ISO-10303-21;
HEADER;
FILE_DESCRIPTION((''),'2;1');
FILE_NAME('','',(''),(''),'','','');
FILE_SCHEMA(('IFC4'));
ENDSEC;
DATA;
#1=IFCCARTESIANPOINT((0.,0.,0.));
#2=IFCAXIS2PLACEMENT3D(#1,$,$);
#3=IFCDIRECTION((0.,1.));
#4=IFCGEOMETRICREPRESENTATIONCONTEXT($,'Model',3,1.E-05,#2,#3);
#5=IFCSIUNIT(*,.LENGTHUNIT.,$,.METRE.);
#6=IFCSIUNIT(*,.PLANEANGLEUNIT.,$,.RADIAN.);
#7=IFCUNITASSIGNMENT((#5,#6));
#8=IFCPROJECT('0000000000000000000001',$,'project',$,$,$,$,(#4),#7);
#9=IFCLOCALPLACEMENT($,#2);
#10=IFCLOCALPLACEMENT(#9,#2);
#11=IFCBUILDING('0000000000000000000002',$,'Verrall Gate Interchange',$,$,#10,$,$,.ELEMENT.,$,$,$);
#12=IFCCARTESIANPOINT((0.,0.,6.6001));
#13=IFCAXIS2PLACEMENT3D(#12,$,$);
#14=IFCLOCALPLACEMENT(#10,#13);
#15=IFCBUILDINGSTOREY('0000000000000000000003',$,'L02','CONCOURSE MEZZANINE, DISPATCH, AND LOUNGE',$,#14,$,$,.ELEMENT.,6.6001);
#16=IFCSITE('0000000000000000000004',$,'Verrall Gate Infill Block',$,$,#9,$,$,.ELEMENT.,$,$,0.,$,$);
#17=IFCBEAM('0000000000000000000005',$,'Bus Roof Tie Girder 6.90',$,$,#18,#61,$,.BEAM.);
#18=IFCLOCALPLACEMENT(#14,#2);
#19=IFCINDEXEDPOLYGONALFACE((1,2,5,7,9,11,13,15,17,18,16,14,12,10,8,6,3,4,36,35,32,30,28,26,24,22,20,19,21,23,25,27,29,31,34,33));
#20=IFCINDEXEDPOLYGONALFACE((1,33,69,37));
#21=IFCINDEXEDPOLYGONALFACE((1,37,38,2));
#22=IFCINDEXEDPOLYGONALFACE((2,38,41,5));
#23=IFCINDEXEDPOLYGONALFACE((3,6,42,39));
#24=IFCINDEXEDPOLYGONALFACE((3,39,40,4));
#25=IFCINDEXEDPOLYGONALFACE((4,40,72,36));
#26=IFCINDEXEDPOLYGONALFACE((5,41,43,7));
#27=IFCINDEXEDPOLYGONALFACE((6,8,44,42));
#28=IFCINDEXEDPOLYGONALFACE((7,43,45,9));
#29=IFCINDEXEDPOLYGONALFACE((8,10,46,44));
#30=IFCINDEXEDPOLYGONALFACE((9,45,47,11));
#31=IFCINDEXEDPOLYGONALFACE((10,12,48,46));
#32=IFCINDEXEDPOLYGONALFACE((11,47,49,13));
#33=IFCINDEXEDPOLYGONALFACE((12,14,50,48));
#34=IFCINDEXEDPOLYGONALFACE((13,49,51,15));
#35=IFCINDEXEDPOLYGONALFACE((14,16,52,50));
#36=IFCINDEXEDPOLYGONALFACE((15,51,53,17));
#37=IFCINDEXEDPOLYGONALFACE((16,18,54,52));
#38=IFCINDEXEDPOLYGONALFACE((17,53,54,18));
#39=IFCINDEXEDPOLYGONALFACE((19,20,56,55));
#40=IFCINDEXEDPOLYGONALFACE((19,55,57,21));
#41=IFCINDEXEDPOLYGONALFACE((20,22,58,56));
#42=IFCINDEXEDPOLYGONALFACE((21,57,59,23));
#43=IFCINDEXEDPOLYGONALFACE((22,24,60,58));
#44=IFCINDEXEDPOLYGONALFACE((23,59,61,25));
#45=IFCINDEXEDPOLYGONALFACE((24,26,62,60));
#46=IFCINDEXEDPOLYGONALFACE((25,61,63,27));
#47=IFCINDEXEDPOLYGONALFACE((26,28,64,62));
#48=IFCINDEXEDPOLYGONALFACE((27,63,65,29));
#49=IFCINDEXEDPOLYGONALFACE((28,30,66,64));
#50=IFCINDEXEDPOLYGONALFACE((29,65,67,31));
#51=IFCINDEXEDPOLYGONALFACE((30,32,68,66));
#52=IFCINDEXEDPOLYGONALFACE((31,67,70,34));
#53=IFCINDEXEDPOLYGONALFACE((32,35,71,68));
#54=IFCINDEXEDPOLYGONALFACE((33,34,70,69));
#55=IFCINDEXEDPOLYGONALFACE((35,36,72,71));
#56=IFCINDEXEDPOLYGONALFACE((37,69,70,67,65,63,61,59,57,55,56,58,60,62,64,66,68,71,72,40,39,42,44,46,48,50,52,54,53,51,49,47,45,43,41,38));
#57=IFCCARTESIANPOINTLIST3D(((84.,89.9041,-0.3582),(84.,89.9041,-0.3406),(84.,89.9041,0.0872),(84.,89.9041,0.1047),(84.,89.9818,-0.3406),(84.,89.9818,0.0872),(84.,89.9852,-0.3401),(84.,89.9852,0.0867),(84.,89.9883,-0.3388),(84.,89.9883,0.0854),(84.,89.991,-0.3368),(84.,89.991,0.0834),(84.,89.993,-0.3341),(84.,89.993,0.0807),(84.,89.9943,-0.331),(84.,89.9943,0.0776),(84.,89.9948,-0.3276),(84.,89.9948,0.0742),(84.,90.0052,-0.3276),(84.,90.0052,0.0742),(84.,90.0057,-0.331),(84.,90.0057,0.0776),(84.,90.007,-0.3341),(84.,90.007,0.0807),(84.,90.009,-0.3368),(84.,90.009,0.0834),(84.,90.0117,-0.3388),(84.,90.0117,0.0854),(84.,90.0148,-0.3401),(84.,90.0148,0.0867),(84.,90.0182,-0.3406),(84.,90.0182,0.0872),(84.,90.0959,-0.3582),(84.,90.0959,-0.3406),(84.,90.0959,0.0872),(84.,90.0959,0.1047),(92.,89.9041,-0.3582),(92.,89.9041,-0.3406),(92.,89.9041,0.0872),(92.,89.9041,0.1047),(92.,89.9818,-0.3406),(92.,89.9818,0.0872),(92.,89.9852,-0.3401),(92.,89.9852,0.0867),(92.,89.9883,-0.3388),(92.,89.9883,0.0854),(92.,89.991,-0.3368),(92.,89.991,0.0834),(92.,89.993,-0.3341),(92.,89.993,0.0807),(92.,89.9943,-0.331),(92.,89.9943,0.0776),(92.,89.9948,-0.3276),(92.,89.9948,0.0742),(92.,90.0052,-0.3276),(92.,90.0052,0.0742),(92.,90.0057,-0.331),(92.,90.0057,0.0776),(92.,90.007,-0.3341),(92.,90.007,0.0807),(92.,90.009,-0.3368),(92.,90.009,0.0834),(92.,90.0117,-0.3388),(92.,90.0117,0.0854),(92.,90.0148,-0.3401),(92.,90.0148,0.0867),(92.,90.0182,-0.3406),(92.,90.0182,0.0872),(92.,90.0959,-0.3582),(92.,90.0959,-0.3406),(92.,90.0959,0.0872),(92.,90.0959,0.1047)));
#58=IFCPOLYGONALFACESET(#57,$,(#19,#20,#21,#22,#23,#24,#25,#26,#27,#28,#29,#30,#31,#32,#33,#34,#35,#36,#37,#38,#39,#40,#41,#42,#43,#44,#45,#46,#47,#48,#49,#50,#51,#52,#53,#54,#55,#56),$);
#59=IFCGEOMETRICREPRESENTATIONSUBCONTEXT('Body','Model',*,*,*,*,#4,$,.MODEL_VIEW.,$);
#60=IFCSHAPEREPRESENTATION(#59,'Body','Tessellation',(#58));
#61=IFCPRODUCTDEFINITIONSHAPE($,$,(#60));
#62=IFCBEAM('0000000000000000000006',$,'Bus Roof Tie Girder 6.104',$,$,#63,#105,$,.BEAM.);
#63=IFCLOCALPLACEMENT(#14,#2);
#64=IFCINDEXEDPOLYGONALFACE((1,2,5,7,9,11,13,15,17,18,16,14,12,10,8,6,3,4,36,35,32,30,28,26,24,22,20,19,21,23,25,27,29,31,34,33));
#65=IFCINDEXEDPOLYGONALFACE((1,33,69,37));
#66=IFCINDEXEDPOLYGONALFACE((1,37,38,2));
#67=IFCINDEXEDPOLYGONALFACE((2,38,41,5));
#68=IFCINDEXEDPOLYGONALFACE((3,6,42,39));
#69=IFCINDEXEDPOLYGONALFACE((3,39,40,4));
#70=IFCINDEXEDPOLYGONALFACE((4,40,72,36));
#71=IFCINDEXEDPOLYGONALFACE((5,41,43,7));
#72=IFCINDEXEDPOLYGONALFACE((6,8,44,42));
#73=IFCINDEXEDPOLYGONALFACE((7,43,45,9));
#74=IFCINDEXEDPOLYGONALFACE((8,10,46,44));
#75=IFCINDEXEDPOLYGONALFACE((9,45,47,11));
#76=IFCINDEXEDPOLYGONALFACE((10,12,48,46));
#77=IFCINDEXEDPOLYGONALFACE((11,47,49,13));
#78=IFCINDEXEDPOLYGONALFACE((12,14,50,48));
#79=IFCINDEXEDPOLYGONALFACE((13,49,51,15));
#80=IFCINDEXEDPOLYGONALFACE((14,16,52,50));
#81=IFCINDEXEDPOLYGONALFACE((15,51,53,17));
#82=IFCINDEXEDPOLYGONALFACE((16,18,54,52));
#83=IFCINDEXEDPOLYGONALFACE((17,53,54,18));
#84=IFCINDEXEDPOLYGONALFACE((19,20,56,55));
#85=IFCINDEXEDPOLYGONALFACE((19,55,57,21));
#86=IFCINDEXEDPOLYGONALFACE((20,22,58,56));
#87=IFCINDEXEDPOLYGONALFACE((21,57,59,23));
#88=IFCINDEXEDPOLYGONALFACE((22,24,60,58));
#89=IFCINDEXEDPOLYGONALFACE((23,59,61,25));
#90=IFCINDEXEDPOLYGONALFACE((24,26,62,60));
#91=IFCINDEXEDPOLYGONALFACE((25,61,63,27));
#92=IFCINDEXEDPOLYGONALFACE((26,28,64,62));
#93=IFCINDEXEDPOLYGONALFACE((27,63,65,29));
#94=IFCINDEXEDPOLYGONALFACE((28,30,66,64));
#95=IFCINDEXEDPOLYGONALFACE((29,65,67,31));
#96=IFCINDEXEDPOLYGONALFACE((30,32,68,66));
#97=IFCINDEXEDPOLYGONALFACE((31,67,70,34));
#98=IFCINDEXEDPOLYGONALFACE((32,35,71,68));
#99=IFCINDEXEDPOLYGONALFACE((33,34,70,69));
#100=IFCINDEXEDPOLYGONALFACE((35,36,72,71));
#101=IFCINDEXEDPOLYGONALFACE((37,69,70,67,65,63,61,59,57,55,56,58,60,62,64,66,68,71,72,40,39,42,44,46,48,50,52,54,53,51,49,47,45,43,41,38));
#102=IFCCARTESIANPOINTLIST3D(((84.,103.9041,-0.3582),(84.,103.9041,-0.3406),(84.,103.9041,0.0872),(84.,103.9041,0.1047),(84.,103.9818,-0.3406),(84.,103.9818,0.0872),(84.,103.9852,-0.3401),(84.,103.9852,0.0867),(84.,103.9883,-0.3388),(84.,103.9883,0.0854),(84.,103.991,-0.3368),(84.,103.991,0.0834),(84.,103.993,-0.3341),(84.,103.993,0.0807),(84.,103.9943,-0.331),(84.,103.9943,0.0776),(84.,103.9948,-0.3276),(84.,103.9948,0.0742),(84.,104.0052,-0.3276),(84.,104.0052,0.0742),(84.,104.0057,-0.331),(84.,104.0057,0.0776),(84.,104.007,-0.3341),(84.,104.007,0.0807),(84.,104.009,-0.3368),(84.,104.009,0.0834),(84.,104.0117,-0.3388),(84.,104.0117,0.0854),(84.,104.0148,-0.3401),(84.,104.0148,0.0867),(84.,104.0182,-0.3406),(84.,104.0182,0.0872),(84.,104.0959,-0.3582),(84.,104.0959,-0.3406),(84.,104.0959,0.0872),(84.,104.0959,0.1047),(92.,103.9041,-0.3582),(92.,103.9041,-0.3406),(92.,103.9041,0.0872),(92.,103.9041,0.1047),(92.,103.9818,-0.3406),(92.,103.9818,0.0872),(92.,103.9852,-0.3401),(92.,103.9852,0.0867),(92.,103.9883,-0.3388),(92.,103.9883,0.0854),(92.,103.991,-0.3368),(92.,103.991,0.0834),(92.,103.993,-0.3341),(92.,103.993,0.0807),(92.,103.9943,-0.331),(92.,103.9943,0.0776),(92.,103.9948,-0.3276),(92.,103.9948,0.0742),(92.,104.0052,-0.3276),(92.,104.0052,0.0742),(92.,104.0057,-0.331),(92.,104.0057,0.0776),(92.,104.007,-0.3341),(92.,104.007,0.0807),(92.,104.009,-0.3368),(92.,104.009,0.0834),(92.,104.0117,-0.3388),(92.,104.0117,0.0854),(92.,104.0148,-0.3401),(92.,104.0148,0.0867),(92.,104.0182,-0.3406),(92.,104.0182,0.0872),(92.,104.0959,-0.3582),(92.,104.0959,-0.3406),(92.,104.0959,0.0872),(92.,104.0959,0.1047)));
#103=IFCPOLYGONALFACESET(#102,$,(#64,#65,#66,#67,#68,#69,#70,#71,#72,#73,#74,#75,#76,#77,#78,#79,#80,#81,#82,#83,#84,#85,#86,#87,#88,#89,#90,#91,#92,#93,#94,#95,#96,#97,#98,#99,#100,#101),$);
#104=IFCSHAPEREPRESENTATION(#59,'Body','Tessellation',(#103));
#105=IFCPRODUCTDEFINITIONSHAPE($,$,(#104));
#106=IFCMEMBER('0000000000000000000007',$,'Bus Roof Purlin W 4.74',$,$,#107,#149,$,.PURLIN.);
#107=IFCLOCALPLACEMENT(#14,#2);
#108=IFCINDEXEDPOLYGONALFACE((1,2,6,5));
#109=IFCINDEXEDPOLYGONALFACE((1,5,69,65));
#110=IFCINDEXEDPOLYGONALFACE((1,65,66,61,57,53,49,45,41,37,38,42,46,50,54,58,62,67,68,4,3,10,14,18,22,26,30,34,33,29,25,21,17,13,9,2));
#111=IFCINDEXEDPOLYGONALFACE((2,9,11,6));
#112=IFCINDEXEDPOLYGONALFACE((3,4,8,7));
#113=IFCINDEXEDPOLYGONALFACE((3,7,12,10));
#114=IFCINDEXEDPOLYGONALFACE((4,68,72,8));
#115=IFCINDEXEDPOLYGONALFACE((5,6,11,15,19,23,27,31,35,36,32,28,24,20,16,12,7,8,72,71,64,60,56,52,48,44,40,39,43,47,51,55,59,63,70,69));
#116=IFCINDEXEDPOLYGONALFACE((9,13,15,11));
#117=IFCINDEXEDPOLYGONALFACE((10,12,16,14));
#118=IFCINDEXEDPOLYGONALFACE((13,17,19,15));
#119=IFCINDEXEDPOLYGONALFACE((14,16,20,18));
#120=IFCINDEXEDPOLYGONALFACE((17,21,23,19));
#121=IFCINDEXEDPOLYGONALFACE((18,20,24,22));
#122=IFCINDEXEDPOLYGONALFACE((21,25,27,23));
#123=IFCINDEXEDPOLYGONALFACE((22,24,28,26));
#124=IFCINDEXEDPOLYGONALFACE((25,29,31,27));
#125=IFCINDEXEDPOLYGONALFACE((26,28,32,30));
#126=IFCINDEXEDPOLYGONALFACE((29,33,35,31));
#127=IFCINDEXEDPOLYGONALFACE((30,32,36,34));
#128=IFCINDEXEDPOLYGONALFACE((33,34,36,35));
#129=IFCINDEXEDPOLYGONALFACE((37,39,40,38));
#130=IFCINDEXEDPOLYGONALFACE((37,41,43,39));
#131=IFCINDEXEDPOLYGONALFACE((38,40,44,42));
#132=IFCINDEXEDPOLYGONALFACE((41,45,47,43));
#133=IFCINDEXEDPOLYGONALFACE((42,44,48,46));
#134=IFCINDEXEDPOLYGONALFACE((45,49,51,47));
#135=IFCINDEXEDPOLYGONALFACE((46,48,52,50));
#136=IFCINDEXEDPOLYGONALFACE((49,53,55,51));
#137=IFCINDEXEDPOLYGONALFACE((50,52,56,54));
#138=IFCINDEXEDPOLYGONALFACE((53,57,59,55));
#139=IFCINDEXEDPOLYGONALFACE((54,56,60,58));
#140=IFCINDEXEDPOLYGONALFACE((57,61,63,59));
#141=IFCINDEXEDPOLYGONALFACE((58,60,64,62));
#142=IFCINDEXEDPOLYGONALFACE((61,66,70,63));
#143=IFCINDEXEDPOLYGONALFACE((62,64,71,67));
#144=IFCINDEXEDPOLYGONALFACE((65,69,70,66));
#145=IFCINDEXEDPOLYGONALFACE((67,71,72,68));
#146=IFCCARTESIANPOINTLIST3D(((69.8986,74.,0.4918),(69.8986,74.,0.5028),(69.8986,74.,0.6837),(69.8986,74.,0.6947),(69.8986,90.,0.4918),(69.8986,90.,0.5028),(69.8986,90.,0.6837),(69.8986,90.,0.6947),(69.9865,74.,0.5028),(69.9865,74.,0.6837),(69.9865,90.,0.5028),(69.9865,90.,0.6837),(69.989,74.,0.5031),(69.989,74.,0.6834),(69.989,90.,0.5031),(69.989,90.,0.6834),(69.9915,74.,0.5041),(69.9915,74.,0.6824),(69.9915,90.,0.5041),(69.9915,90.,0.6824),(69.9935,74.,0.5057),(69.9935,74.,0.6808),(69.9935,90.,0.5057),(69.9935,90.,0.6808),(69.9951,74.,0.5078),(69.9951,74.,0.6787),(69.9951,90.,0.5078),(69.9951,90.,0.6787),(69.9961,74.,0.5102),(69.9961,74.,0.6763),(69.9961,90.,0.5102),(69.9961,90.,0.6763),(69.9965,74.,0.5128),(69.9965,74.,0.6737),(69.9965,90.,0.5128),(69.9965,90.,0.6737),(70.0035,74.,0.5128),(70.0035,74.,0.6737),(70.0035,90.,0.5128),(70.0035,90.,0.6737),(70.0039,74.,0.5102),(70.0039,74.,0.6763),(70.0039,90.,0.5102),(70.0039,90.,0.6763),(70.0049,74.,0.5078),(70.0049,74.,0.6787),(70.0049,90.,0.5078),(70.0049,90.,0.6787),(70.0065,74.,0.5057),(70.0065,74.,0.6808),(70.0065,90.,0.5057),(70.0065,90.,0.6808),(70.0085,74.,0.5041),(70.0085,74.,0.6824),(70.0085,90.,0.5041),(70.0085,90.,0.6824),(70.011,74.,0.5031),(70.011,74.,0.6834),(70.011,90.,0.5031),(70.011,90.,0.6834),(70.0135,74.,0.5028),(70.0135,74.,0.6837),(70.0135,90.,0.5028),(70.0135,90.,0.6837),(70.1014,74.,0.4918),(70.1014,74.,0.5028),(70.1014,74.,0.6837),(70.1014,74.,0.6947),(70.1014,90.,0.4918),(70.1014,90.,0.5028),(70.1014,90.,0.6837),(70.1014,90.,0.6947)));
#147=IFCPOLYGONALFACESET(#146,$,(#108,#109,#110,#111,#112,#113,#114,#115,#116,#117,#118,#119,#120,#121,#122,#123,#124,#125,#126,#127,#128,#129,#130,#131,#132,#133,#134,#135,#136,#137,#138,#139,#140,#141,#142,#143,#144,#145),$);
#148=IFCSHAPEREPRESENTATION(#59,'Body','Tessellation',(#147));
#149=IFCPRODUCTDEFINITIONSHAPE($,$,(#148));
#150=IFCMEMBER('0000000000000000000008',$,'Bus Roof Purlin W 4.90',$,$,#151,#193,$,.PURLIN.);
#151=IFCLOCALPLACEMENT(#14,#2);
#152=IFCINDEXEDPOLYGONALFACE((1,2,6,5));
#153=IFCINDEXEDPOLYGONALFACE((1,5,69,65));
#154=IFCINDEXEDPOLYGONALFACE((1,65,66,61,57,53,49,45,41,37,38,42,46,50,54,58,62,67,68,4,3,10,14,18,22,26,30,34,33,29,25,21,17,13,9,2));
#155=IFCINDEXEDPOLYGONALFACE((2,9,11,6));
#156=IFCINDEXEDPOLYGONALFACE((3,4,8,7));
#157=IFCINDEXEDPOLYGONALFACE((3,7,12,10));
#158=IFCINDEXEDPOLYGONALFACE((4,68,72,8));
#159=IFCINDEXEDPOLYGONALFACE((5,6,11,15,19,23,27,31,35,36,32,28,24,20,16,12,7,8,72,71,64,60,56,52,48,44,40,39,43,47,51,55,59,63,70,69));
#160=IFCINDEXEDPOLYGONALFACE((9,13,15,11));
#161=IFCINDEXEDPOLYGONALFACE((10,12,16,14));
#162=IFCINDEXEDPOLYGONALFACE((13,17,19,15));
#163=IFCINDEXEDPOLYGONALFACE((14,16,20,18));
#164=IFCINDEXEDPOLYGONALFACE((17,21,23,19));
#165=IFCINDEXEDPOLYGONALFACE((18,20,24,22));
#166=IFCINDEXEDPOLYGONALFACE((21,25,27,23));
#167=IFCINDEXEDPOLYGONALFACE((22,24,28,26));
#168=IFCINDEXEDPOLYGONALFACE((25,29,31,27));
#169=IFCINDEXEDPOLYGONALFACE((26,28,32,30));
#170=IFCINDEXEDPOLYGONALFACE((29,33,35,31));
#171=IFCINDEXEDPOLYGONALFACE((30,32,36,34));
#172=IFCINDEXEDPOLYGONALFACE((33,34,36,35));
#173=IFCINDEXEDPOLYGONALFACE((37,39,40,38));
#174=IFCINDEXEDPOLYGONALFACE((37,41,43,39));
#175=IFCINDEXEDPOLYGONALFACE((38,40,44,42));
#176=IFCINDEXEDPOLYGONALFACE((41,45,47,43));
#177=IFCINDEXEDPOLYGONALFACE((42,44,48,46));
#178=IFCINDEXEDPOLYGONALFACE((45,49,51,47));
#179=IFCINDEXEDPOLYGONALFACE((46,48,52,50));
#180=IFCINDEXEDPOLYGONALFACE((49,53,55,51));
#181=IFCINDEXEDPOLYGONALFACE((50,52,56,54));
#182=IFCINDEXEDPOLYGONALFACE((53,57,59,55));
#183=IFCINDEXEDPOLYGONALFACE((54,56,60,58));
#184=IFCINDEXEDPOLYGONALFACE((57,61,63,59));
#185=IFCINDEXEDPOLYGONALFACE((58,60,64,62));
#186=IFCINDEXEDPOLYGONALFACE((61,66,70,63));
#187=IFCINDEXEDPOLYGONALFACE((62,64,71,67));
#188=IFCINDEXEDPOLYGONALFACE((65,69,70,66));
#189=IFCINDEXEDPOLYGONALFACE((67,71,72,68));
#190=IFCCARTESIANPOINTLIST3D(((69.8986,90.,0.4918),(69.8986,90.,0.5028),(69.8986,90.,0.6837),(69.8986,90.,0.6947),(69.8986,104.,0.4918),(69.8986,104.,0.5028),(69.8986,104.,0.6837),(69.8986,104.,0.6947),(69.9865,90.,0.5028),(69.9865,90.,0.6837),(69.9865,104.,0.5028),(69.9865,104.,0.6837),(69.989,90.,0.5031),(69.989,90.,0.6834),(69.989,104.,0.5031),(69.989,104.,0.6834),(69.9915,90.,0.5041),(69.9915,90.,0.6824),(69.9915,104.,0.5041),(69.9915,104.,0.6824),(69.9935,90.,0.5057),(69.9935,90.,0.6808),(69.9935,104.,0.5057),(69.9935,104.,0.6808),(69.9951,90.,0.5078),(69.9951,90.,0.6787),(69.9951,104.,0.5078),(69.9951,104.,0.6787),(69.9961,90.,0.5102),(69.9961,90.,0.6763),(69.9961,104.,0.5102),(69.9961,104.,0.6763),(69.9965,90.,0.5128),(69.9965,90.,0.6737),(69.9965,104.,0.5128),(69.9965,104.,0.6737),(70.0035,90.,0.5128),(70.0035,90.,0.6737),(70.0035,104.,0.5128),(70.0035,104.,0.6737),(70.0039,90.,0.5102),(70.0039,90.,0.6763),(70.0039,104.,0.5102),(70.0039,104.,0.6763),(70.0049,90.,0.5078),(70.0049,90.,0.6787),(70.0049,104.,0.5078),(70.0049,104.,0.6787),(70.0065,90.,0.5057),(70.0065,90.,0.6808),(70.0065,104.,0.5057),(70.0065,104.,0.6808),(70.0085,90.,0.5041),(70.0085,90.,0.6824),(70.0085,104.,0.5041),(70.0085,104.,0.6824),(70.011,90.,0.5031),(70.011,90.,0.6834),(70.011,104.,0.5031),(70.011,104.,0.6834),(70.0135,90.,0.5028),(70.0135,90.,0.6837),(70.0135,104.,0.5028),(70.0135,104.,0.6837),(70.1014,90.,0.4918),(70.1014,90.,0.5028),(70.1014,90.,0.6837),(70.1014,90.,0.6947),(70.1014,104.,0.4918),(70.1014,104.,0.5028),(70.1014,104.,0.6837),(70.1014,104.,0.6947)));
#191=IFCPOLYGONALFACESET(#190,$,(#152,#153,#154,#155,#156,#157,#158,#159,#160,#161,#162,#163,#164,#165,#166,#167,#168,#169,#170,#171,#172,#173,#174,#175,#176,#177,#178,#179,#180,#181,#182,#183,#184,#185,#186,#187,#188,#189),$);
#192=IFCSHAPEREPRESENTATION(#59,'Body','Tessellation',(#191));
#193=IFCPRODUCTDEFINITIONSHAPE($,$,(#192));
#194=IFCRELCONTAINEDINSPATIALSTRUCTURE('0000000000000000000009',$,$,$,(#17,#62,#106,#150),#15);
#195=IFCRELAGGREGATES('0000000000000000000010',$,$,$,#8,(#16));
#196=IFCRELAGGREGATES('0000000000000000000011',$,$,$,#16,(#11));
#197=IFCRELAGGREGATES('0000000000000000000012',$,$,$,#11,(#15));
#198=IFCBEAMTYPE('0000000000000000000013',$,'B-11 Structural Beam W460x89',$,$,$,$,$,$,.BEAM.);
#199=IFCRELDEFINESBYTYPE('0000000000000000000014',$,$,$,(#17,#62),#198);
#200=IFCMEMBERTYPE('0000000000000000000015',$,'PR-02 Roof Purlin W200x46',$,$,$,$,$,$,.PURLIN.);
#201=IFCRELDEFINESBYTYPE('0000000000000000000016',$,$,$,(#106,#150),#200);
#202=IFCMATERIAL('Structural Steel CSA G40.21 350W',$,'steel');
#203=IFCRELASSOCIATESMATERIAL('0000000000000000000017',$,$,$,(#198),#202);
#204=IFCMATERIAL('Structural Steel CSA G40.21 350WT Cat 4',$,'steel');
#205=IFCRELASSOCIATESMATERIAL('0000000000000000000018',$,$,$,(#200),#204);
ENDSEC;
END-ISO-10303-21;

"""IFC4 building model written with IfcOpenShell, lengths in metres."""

from ifc_helpers import new_model, si_unit, direction, frame, origin, origin_2d, place, context, subcontext, project, spatial, i_section, extrude, material, material_profile, profile_set, type_object, element, save


model = new_model("IFC4")

# Units and contexts
model_context = context("Model", 3, precision=1e-05, world=origin(), true_north=direction((0.0, 1.0)))
body_context = subcontext(model_context, "Body", "Model", "MODEL_VIEW")
ifc_project = project(units=[si_unit("LENGTHUNIT", "METRE"), si_unit("PLANEANGLEUNIT", "RADIAN")], contexts=[model_context])

# Site, building, storey
site_placement = place(None, origin())
site = spatial("IfcSite", under=ifc_project, at=site_placement, Name="Verrall Gate Infill Block", CompositionType="ELEMENT", RefElevation=0.0)
building_placement = place(site_placement, origin())
building = spatial("IfcBuilding", under=site, at=building_placement, Name="Verrall Gate Interchange", CompositionType="ELEMENT")
storey_placement = place(building_placement, frame((0.0, 0.0, 6.6001)))
storey = spatial("IfcBuildingStorey", under=building, at=storey_placement, Name="L02", Description="CONCOURSE MEZZANINE, DISPATCH, AND LOUNGE", CompositionType="ELEMENT", Elevation=6.6001)

# Beams
ifc_material_1 = material(Name="Structural Steel CSA G40.21 350W", Category="steel")
ifc_material_profile_1 = material_profile(ifc_material_1, i_section(OverallWidth=0.1919, OverallDepth=0.4629, WebThickness=0.0105, FlangeThickness=0.0176, FilletRadius=0.0129, at=origin_2d()), Name="W460x89")
ifc_profile_set_1 = profile_set([ifc_material_profile_1], Name="Structural Steel CSA G40.21 350W")
beam_type = type_object("IfcBeamType", Name="B-11 Structural Beam W460x89", PredefinedType="BEAM", material=ifc_profile_set_1)
for number, where, z_axis, x_axis, name in (
    (1, (84.0, 90.0, -0.1267), (1.0, 0.0, 0.0), (0.0, 1.0, 0.0), "Bus Roof Tie Girder 6.90"),
    (2, (84.0, 104.0, -0.1267), (1.0, 0.0, 0.0), (0.0, 1.0, 0.0), "Bus Roof Tie Girder 6.104"),
):
    element("IfcBeam", number, at=place(storey_placement, frame(where, z_axis=z_axis, x_axis=x_axis)), inside=storey, type_object=beam_type, Name=name, PredefinedType="BEAM", context=body_context, shape_type="SweptSolid", body=[
        extrude(i_section(OverallWidth=0.1919, OverallDepth=0.4629, WebThickness=0.0105, FlangeThickness=0.0176, FilletRadius=0.0129, at=origin_2d()), origin(), (0.0, 0.0, 1.0), 8.0),
    ])

# Members
ifc_material_2 = material(Name="Structural Steel CSA G40.21 350WT Cat 4", Category="steel")
ifc_material_profile_2 = material_profile(ifc_material_2, i_section(OverallWidth=0.2029, OverallDepth=0.2029, WebThickness=0.0071, FlangeThickness=0.011, FilletRadius=0.01, at=origin_2d()), Name="W200x46")
ifc_profile_set_2 = profile_set([ifc_material_profile_2], Name="Structural Steel CSA G40.21 350WT Cat 4")
member_type_1 = type_object("IfcMemberType", Name="PR-02 Roof Purlin W200x46", PredefinedType="PURLIN", material=ifc_profile_set_2)
member_1_placement = place(storey_placement, frame((70.0, 74.0, 0.5933), z_axis=(0.0, 1.0, 0.0), x_axis=(-1.0, 0.0, 0.0)))
element("IfcMember", 3, at=member_1_placement, inside=storey, type_object=member_type_1, Name="Bus Roof Purlin W 4.74", PredefinedType="PURLIN", context=body_context, shape_type="SweptSolid", body=[
    extrude(i_section(OverallWidth=0.2029, OverallDepth=0.2029, WebThickness=0.0071, FlangeThickness=0.011, FilletRadius=0.01, at=origin_2d()), origin(), (0.0, 0.0, 1.0), 16.0),
])
member_2_placement = place(storey_placement, frame((70.0, 90.0, 0.5933), z_axis=(0.0, 1.0, 0.0), x_axis=(-1.0, 0.0, 0.0)))
element("IfcMember", 4, at=member_2_placement, inside=storey, type_object=member_type_1, Name="Bus Roof Purlin W 4.90", PredefinedType="PURLIN", context=body_context, shape_type="SweptSolid", body=[
    extrude(i_section(OverallWidth=0.2029, OverallDepth=0.2029, WebThickness=0.0071, FlangeThickness=0.011, FilletRadius=0.01, at=origin_2d()), origin(), (0.0, 0.0, 1.0), 14.0),
])

save(model, "model.ifc")
